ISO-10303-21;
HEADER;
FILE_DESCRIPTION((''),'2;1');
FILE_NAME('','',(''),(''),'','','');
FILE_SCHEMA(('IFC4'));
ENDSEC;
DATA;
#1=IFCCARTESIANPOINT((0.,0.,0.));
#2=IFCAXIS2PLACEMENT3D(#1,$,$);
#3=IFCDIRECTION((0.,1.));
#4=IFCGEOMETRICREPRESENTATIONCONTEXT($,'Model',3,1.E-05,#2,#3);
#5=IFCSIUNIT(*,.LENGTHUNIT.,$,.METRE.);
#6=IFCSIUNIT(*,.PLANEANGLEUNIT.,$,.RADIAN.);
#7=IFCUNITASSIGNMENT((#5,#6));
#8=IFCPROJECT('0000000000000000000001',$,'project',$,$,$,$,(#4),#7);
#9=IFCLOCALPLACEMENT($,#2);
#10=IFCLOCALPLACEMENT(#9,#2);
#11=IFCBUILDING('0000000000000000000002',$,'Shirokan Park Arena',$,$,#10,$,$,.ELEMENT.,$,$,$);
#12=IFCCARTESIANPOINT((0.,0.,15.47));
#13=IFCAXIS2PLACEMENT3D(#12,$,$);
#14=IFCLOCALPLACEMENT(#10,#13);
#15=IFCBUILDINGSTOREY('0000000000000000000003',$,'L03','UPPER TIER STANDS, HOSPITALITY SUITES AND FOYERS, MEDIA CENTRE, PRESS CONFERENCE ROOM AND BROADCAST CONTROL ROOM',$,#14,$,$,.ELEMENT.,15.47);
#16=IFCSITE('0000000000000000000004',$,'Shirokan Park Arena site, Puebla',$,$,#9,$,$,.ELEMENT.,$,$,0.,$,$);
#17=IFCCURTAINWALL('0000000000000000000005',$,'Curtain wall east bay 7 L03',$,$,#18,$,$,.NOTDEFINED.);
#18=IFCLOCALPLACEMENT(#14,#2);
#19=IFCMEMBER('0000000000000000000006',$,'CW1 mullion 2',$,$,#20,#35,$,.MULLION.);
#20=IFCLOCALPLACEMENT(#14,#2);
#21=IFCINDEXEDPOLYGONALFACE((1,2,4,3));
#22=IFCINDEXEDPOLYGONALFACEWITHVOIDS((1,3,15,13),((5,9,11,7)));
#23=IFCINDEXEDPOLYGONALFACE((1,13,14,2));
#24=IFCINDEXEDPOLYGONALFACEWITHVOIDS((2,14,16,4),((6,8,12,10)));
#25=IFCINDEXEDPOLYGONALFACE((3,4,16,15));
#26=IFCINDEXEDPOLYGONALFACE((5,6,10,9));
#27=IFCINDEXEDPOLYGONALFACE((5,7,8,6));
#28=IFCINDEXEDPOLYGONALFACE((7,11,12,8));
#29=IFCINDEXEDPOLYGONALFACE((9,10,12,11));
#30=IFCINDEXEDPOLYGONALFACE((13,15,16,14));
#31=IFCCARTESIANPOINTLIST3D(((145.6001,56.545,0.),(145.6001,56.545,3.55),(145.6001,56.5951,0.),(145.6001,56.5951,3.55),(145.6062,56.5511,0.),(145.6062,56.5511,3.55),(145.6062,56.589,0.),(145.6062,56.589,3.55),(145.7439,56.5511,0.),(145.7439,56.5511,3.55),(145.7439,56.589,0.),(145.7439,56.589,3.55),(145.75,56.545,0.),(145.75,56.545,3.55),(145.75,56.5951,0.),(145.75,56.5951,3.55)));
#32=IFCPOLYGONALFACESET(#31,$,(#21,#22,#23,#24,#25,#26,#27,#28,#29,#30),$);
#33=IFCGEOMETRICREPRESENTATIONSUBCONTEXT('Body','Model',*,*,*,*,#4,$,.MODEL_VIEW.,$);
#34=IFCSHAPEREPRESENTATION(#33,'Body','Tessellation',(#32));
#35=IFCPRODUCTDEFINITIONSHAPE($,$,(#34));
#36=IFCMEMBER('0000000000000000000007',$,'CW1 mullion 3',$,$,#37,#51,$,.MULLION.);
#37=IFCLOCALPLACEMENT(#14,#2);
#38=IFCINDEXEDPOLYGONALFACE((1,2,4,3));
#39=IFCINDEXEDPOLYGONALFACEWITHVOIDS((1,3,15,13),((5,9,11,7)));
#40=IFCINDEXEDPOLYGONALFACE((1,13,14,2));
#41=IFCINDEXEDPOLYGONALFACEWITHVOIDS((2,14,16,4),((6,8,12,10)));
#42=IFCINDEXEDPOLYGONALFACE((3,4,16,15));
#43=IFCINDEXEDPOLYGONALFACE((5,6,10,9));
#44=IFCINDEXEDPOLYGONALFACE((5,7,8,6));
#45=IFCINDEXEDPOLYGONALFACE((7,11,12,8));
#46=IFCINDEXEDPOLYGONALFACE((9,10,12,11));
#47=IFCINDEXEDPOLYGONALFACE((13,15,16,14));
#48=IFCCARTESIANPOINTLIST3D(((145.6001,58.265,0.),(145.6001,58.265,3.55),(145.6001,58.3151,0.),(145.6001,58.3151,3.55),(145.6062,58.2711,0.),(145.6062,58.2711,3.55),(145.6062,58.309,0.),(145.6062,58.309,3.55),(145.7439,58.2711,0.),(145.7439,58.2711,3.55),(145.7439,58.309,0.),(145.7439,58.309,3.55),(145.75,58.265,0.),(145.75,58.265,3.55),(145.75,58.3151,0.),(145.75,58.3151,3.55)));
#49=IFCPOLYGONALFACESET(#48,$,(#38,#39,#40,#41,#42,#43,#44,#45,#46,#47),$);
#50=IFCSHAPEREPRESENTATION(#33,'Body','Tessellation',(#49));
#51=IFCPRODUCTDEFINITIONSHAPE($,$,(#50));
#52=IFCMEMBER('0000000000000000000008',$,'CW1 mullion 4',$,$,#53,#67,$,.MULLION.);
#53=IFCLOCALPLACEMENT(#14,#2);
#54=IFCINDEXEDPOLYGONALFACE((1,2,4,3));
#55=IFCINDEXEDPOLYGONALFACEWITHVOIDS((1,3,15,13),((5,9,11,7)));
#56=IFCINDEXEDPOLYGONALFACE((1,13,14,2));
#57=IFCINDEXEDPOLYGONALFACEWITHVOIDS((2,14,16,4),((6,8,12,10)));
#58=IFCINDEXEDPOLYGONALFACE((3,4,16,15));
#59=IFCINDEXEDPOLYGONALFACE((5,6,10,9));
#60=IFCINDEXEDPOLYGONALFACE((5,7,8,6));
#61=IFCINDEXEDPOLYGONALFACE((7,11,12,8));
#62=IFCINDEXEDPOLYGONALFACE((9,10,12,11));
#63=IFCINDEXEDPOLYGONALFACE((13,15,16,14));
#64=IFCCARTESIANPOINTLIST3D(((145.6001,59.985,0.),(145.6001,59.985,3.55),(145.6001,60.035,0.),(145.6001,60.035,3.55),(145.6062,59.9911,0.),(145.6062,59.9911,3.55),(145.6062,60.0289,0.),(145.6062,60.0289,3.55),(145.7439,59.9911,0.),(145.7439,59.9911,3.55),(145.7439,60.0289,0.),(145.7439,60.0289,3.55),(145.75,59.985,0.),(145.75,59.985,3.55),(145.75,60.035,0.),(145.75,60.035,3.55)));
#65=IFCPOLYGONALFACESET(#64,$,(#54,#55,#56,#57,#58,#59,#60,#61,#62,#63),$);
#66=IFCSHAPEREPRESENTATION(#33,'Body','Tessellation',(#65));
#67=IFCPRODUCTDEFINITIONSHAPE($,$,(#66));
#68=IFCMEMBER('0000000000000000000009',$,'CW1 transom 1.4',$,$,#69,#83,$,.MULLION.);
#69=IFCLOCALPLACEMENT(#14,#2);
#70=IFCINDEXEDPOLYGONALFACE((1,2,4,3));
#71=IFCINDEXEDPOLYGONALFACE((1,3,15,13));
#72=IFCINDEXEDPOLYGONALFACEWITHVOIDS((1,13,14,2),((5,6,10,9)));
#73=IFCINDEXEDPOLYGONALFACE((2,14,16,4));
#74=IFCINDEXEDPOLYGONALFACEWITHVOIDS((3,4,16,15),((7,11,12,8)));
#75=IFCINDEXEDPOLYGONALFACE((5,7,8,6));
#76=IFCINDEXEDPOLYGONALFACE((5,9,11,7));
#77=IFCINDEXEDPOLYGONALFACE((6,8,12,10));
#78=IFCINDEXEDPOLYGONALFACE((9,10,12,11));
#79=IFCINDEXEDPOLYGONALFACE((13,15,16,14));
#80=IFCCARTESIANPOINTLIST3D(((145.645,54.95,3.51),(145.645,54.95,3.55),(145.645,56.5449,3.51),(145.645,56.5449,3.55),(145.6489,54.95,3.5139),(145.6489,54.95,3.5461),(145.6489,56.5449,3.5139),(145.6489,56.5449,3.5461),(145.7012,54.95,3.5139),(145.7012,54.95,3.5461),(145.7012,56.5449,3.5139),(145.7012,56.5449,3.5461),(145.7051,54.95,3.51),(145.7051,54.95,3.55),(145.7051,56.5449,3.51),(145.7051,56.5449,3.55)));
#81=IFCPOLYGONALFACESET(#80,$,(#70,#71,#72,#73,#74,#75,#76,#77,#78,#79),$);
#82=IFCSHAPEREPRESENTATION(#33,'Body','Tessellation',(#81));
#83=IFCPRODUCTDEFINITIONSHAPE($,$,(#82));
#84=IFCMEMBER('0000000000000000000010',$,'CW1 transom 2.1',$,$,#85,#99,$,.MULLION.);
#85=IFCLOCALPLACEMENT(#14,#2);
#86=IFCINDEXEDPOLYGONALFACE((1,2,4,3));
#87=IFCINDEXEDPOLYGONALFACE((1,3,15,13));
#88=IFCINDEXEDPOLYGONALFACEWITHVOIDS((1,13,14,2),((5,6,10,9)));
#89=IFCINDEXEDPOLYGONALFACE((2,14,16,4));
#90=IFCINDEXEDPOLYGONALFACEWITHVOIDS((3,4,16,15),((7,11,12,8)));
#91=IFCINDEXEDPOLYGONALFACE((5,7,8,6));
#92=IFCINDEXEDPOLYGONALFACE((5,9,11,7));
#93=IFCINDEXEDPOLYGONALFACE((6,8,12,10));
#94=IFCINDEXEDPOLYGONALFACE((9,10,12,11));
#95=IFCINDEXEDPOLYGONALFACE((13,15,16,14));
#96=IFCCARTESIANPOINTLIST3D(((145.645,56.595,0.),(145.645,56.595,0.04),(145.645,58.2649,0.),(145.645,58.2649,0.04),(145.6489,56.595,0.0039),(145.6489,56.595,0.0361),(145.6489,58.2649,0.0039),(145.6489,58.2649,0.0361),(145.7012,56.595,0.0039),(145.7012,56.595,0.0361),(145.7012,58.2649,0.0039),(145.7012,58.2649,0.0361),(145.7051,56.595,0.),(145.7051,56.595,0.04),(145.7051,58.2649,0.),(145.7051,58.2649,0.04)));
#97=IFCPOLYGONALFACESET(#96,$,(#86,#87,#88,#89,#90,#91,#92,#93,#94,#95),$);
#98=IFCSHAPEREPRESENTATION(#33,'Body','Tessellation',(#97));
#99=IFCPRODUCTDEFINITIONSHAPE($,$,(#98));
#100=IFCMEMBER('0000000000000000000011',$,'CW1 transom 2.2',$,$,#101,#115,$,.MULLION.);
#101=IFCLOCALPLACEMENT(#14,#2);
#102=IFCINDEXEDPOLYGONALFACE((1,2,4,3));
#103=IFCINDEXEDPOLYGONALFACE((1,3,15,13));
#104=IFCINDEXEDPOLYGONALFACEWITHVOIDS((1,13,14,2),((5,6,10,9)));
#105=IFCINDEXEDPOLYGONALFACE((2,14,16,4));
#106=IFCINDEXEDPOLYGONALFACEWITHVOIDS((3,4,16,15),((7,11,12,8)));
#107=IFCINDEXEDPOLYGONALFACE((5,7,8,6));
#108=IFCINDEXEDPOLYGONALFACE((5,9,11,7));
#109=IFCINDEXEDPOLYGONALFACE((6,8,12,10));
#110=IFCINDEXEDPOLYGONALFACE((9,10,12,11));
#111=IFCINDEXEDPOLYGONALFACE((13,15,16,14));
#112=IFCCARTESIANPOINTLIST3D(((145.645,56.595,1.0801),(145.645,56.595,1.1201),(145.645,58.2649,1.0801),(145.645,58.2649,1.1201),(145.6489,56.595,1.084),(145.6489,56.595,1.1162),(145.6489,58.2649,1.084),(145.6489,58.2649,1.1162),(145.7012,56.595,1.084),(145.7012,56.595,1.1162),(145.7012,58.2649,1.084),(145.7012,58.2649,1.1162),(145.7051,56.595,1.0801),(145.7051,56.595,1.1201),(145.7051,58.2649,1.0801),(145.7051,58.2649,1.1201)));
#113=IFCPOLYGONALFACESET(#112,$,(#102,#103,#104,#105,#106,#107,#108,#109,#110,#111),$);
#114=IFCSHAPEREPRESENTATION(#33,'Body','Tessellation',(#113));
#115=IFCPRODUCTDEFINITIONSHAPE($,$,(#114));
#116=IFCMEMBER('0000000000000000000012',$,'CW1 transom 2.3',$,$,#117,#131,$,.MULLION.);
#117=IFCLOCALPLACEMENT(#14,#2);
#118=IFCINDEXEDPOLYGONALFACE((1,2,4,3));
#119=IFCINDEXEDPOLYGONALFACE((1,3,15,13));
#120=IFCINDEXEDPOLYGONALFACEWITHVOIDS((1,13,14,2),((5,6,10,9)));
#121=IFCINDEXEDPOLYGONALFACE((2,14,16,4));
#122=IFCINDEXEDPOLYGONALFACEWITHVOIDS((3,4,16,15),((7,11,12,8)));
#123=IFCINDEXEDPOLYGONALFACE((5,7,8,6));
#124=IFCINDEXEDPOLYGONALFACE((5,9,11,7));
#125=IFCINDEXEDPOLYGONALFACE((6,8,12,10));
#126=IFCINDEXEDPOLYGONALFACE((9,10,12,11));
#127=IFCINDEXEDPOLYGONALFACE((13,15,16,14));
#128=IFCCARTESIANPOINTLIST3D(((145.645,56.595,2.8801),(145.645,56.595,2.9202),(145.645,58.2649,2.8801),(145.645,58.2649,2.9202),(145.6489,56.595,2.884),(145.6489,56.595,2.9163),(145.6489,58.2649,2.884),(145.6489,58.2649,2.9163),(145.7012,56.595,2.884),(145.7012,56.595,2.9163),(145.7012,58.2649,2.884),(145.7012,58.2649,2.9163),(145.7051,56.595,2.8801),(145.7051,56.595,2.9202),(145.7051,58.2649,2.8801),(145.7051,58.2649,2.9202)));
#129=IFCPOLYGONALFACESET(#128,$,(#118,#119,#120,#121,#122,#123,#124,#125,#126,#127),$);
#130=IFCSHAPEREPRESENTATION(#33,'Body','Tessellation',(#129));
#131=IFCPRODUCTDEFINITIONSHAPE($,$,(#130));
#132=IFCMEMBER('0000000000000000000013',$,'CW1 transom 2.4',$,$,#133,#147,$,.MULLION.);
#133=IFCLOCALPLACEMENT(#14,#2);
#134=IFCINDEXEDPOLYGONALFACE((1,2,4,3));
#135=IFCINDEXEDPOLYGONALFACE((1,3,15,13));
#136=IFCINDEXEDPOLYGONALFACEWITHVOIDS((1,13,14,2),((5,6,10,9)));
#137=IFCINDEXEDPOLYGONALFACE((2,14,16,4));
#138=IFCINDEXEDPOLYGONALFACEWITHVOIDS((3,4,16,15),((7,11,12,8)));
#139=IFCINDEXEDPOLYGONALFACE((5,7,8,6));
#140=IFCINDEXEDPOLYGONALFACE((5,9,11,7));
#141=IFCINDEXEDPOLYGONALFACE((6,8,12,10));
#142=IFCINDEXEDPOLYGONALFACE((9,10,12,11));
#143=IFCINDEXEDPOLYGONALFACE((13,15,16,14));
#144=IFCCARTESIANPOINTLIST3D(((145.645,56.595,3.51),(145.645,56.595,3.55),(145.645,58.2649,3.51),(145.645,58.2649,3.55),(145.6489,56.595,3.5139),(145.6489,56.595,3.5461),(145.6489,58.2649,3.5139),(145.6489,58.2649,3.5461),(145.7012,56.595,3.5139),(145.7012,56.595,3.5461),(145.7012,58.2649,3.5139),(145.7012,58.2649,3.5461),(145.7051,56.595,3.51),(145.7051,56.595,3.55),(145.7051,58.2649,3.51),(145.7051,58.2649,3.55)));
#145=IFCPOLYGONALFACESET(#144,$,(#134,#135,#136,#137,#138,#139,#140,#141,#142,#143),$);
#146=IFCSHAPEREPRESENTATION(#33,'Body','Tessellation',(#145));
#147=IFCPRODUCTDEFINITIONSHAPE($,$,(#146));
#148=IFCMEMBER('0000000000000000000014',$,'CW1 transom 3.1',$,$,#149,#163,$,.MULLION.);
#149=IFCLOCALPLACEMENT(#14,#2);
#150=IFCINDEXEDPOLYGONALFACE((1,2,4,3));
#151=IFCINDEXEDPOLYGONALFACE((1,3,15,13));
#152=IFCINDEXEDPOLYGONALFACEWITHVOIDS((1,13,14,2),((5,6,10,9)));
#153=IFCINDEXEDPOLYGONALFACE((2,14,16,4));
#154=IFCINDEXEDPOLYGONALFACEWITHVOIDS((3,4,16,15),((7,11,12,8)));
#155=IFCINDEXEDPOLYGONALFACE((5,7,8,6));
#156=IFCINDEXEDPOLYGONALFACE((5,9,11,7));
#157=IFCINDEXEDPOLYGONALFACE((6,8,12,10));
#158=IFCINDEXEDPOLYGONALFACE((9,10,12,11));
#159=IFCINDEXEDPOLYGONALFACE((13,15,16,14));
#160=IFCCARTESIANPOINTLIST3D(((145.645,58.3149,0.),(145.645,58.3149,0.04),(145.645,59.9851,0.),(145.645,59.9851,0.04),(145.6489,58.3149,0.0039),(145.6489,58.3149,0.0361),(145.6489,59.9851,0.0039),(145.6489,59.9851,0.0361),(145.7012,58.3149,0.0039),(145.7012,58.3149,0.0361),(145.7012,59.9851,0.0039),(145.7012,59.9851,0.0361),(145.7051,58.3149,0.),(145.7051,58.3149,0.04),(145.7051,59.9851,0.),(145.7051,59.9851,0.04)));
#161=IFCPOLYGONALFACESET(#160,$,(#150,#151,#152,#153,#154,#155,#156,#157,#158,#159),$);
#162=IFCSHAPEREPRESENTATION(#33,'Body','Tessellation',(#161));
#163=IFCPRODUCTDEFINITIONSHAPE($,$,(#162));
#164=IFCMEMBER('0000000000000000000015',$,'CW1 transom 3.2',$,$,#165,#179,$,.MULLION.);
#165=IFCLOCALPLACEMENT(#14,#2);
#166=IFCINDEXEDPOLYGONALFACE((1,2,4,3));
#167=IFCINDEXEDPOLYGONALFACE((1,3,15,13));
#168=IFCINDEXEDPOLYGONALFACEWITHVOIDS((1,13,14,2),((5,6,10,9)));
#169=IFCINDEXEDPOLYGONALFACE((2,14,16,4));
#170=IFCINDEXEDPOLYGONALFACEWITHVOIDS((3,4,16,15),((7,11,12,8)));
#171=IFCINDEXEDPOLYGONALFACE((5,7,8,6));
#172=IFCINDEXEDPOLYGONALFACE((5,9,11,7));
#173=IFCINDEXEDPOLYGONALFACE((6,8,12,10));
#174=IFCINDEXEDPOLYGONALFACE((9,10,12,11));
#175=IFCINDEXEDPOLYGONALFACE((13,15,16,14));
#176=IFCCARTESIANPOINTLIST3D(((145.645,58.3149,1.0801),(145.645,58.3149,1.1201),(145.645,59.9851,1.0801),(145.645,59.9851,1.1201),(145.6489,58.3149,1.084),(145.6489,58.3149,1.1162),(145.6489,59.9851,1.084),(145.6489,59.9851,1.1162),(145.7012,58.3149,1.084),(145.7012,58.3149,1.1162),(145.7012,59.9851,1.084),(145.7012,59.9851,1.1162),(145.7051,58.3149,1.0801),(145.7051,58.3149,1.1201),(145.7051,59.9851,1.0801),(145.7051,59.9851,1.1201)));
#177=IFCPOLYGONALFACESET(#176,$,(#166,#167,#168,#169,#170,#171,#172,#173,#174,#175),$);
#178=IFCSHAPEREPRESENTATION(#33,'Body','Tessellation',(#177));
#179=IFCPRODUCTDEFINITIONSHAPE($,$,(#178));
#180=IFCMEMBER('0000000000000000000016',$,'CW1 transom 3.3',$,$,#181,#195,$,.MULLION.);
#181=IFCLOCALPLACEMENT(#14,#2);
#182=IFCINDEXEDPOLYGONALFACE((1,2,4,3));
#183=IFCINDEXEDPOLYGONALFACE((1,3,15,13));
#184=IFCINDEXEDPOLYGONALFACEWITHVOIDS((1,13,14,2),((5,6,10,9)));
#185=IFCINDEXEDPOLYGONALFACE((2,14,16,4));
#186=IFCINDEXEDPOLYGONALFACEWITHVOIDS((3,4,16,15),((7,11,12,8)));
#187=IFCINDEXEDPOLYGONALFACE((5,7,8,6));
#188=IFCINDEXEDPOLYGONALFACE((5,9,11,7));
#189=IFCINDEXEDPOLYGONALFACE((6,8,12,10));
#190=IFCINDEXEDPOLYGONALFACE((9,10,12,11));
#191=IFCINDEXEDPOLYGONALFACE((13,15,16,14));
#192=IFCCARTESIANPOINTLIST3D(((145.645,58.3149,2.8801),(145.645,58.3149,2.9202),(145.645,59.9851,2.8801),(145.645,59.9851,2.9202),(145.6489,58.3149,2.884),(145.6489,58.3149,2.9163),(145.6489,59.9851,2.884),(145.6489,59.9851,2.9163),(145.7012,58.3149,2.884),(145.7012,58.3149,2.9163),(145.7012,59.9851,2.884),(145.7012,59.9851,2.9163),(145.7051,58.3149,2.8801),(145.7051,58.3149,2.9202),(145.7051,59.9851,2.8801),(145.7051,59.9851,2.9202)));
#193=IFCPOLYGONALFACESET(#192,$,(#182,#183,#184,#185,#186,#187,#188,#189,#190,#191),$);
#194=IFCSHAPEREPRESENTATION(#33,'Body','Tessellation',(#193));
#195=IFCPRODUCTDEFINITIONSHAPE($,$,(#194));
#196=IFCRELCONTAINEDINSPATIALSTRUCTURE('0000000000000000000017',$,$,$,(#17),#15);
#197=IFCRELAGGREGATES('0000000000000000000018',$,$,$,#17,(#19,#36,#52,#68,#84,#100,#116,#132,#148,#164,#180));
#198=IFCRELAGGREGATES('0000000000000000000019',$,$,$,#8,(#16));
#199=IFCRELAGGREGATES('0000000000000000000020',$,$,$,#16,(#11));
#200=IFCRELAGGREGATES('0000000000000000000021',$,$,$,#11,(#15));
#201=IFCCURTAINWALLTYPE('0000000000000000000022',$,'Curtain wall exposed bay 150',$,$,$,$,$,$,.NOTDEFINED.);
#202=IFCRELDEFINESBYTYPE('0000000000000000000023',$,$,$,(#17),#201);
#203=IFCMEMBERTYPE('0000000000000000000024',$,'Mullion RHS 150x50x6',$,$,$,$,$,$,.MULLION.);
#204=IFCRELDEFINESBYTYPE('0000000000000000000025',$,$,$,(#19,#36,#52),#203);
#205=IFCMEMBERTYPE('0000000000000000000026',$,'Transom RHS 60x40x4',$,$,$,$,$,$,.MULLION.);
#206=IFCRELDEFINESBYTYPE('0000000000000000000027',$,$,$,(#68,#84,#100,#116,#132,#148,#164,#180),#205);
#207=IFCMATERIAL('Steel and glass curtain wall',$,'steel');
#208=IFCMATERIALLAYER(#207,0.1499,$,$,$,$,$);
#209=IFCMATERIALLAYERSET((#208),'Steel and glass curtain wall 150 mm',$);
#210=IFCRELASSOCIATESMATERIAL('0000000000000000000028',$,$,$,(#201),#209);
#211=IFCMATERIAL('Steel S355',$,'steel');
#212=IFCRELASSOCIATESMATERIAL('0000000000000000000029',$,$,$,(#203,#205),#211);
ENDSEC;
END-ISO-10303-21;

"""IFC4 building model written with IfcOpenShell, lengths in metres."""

from ifc_helpers import new_model, si_unit, direction, frame, origin, origin_2d, place, context, subcontext, project, spatial, hollow_rectangle, extrude, material, layer, layer_set, material_profile, profile_set, type_object, element, aggregate, save


model = new_model("IFC4")

# Units and contexts
model_context = context("Model", 3, precision=1e-05, world=origin(), true_north=direction((0.0, 1.0)))
body_context = subcontext(model_context, "Body", "Model", "MODEL_VIEW")
ifc_project = project(units=[si_unit("LENGTHUNIT", "METRE"), si_unit("PLANEANGLEUNIT", "RADIAN")], contexts=[model_context])

# Site, building, storey
site_placement = place(None, origin())
site = spatial("IfcSite", under=ifc_project, at=site_placement, Name="Shirokan Park Arena site, Puebla", CompositionType="ELEMENT", RefElevation=0.0)
building_placement = place(site_placement, origin())
building = spatial("IfcBuilding", under=site, at=building_placement, Name="Shirokan Park Arena", CompositionType="ELEMENT")
storey_placement = place(building_placement, frame((0.0, 0.0, 15.47)))
storey = spatial("IfcBuildingStorey", under=building, at=storey_placement, Name="L03", Description="UPPER TIER STANDS, HOSPITALITY SUITES AND FOYERS, MEDIA CENTRE, PRESS CONFERENCE ROOM AND BROADCAST CONTROL ROOM", CompositionType="ELEMENT", Elevation=15.47)

# Curtain wall, members
ifc_material_1 = material(Name="Steel and glass curtain wall", Category="steel")
ifc_layer_1 = layer(ifc_material_1, 0.1499)
ifc_layer_set_1 = layer_set([ifc_layer_1], Name="Steel and glass curtain wall 150 mm")
curtain_wall_type = type_object("IfcCurtainWallType", Name="Curtain wall exposed bay 150", PredefinedType="NOTDEFINED", material=ifc_layer_set_1)
curtain_wall_placement = place(storey_placement, origin())
curtain_wall = element("IfcCurtainWall", 1, at=curtain_wall_placement, inside=storey, type_object=curtain_wall_type, Name="Curtain wall east bay 7 L03", PredefinedType="NOTDEFINED")
ifc_material_2 = material(Name="Steel S355", Category="steel")
ifc_material_profile_1 = material_profile(ifc_material_2, hollow_rectangle(XDim=0.1499, YDim=0.05, WallThickness=0.0061, at=origin_2d()), Name="RHS 150x50x6")
ifc_profile_set_1 = profile_set([ifc_material_profile_1], Name="Steel S355")
member_type_1 = type_object("IfcMemberType", Name="Mullion RHS 150x50x6", PredefinedType="MULLION", material=ifc_profile_set_1)
member_1_placement = place(storey_placement, frame((145.675, 56.5701, 0.0), z_axis=(0.0, 0.0, 1.0), x_axis=(-1.0, 0.0, 0.0)))
member_1 = element("IfcMember", 2, at=member_1_placement, type_object=member_type_1, Name="CW1 mullion 2", PredefinedType="MULLION", context=body_context, shape_type="SweptSolid", body=[
    extrude(hollow_rectangle(XDim=0.1499, YDim=0.05, WallThickness=0.0061, at=origin_2d()), origin(), (0.0, 0.0, 1.0), 3.55),
])
member_2_placement = place(storey_placement, frame((145.675, 58.29, 0.0), z_axis=(0.0, 0.0, 1.0), x_axis=(-1.0, 0.0, 0.0)))
member_2 = element("IfcMember", 3, at=member_2_placement, type_object=member_type_1, Name="CW1 mullion 3", PredefinedType="MULLION", context=body_context, shape_type="SweptSolid", body=[
    extrude(hollow_rectangle(XDim=0.1499, YDim=0.05, WallThickness=0.0061, at=origin_2d()), origin(), (0.0, 0.0, 1.0), 3.55),
])
member_3_placement = place(storey_placement, frame((145.675, 60.01, 0.0), z_axis=(0.0, 0.0, 1.0), x_axis=(-1.0, 0.0, 0.0)))
member_3 = element("IfcMember", 4, at=member_3_placement, type_object=member_type_1, Name="CW1 mullion 4", PredefinedType="MULLION", context=body_context, shape_type="SweptSolid", body=[
    extrude(hollow_rectangle(XDim=0.1499, YDim=0.05, WallThickness=0.0061, at=origin_2d()), origin(), (0.0, 0.0, 1.0), 3.55),
])
ifc_material_profile_2 = material_profile(ifc_material_2, hollow_rectangle(XDim=0.0601, YDim=0.04, WallThickness=0.0039, at=origin_2d()), Name="RHS 60x40x4")
ifc_profile_set_2 = profile_set([ifc_material_profile_2], Name="Steel S355")
member_type_2 = type_object("IfcMemberType", Name="Transom RHS 60x40x4", PredefinedType="MULLION", material=ifc_profile_set_2)
member_4_placement = place(storey_placement, frame((145.675, 54.95, 3.53), z_axis=(0.0, 1.0, 0.0), x_axis=(-1.0, 0.0, 0.0)))
member_4 = element("IfcMember", 5, at=member_4_placement, type_object=member_type_2, Name="CW1 transom 1.4", PredefinedType="MULLION", context=body_context, shape_type="SweptSolid", body=[
    extrude(hollow_rectangle(XDim=0.0601, YDim=0.04, WallThickness=0.0039, at=origin_2d()), origin(), (0.0, 0.0, 1.0), 1.595),
])
member_5_placement = place(storey_placement, frame((145.675, 56.595, 0.02), z_axis=(0.0, 1.0, 0.0), x_axis=(-1.0, 0.0, 0.0)))
member_5 = element("IfcMember", 6, at=member_5_placement, type_object=member_type_2, Name="CW1 transom 2.1", PredefinedType="MULLION", context=body_context, shape_type="SweptSolid", body=[
    extrude(hollow_rectangle(XDim=0.0601, YDim=0.04, WallThickness=0.0039, at=origin_2d()), origin(), (0.0, 0.0, 1.0), 1.6699),
])
member_6_placement = place(storey_placement, frame((145.675, 56.595, 1.1001), z_axis=(0.0, 1.0, 0.0), x_axis=(-1.0, 0.0, 0.0)))
member_6 = element("IfcMember", 7, at=member_6_placement, type_object=member_type_2, Name="CW1 transom 2.2", PredefinedType="MULLION", context=body_context, shape_type="SweptSolid", body=[
    extrude(hollow_rectangle(XDim=0.0601, YDim=0.04, WallThickness=0.0039, at=origin_2d()), origin(), (0.0, 0.0, 1.0), 1.6699),
])
member_7_placement = place(storey_placement, frame((145.675, 56.595, 2.9001), z_axis=(0.0, 1.0, 0.0), x_axis=(-1.0, 0.0, 0.0)))
member_7 = element("IfcMember", 8, at=member_7_placement, type_object=member_type_2, Name="CW1 transom 2.3", PredefinedType="MULLION", context=body_context, shape_type="SweptSolid", body=[
    extrude(hollow_rectangle(XDim=0.0601, YDim=0.04, WallThickness=0.0039, at=origin_2d()), origin(), (0.0, 0.0, 1.0), 1.6699),
])
member_8_placement = place(storey_placement, frame((145.675, 56.595, 3.53), z_axis=(0.0, 1.0, 0.0), x_axis=(-1.0, 0.0, 0.0)))
member_8 = element("IfcMember", 9, at=member_8_placement, type_object=member_type_2, Name="CW1 transom 2.4", PredefinedType="MULLION", context=body_context, shape_type="SweptSolid", body=[
    extrude(hollow_rectangle(XDim=0.0601, YDim=0.04, WallThickness=0.0039, at=origin_2d()), origin(), (0.0, 0.0, 1.0), 1.6699),
])
member_9_placement = place(storey_placement, frame((145.675, 58.3149, 0.02), z_axis=(0.0, 1.0, 0.0), x_axis=(-1.0, 0.0, 0.0)))
member_9 = element("IfcMember", 10, at=member_9_placement, type_object=member_type_2, Name="CW1 transom 3.1", PredefinedType="MULLION", context=body_context, shape_type="SweptSolid", body=[
    extrude(hollow_rectangle(XDim=0.0601, YDim=0.04, WallThickness=0.0039, at=origin_2d()), origin(), (0.0, 0.0, 1.0), 1.6702),
])
member_10_placement = place(storey_placement, frame((145.675, 58.3149, 1.1001), z_axis=(0.0, 1.0, 0.0), x_axis=(-1.0, 0.0, 0.0)))
member_10 = element("IfcMember", 11, at=member_10_placement, type_object=member_type_2, Name="CW1 transom 3.2", PredefinedType="MULLION", context=body_context, shape_type="SweptSolid", body=[
    extrude(hollow_rectangle(XDim=0.0601, YDim=0.04, WallThickness=0.0039, at=origin_2d()), origin(), (0.0, 0.0, 1.0), 1.6702),
])
member_11_placement = place(storey_placement, frame((145.675, 58.3149, 2.9001), z_axis=(0.0, 1.0, 0.0), x_axis=(-1.0, 0.0, 0.0)))
member_11 = element("IfcMember", 12, at=member_11_placement, type_object=member_type_2, Name="CW1 transom 3.3", PredefinedType="MULLION", context=body_context, shape_type="SweptSolid", body=[
    extrude(hollow_rectangle(XDim=0.0601, YDim=0.04, WallThickness=0.0039, at=origin_2d()), origin(), (0.0, 0.0, 1.0), 1.6702),
])
aggregate(curtain_wall, [member_1, member_2, member_3, member_4, member_5, member_6, member_7, member_8, member_9, member_10, member_11])

save(model, "model.ifc")
